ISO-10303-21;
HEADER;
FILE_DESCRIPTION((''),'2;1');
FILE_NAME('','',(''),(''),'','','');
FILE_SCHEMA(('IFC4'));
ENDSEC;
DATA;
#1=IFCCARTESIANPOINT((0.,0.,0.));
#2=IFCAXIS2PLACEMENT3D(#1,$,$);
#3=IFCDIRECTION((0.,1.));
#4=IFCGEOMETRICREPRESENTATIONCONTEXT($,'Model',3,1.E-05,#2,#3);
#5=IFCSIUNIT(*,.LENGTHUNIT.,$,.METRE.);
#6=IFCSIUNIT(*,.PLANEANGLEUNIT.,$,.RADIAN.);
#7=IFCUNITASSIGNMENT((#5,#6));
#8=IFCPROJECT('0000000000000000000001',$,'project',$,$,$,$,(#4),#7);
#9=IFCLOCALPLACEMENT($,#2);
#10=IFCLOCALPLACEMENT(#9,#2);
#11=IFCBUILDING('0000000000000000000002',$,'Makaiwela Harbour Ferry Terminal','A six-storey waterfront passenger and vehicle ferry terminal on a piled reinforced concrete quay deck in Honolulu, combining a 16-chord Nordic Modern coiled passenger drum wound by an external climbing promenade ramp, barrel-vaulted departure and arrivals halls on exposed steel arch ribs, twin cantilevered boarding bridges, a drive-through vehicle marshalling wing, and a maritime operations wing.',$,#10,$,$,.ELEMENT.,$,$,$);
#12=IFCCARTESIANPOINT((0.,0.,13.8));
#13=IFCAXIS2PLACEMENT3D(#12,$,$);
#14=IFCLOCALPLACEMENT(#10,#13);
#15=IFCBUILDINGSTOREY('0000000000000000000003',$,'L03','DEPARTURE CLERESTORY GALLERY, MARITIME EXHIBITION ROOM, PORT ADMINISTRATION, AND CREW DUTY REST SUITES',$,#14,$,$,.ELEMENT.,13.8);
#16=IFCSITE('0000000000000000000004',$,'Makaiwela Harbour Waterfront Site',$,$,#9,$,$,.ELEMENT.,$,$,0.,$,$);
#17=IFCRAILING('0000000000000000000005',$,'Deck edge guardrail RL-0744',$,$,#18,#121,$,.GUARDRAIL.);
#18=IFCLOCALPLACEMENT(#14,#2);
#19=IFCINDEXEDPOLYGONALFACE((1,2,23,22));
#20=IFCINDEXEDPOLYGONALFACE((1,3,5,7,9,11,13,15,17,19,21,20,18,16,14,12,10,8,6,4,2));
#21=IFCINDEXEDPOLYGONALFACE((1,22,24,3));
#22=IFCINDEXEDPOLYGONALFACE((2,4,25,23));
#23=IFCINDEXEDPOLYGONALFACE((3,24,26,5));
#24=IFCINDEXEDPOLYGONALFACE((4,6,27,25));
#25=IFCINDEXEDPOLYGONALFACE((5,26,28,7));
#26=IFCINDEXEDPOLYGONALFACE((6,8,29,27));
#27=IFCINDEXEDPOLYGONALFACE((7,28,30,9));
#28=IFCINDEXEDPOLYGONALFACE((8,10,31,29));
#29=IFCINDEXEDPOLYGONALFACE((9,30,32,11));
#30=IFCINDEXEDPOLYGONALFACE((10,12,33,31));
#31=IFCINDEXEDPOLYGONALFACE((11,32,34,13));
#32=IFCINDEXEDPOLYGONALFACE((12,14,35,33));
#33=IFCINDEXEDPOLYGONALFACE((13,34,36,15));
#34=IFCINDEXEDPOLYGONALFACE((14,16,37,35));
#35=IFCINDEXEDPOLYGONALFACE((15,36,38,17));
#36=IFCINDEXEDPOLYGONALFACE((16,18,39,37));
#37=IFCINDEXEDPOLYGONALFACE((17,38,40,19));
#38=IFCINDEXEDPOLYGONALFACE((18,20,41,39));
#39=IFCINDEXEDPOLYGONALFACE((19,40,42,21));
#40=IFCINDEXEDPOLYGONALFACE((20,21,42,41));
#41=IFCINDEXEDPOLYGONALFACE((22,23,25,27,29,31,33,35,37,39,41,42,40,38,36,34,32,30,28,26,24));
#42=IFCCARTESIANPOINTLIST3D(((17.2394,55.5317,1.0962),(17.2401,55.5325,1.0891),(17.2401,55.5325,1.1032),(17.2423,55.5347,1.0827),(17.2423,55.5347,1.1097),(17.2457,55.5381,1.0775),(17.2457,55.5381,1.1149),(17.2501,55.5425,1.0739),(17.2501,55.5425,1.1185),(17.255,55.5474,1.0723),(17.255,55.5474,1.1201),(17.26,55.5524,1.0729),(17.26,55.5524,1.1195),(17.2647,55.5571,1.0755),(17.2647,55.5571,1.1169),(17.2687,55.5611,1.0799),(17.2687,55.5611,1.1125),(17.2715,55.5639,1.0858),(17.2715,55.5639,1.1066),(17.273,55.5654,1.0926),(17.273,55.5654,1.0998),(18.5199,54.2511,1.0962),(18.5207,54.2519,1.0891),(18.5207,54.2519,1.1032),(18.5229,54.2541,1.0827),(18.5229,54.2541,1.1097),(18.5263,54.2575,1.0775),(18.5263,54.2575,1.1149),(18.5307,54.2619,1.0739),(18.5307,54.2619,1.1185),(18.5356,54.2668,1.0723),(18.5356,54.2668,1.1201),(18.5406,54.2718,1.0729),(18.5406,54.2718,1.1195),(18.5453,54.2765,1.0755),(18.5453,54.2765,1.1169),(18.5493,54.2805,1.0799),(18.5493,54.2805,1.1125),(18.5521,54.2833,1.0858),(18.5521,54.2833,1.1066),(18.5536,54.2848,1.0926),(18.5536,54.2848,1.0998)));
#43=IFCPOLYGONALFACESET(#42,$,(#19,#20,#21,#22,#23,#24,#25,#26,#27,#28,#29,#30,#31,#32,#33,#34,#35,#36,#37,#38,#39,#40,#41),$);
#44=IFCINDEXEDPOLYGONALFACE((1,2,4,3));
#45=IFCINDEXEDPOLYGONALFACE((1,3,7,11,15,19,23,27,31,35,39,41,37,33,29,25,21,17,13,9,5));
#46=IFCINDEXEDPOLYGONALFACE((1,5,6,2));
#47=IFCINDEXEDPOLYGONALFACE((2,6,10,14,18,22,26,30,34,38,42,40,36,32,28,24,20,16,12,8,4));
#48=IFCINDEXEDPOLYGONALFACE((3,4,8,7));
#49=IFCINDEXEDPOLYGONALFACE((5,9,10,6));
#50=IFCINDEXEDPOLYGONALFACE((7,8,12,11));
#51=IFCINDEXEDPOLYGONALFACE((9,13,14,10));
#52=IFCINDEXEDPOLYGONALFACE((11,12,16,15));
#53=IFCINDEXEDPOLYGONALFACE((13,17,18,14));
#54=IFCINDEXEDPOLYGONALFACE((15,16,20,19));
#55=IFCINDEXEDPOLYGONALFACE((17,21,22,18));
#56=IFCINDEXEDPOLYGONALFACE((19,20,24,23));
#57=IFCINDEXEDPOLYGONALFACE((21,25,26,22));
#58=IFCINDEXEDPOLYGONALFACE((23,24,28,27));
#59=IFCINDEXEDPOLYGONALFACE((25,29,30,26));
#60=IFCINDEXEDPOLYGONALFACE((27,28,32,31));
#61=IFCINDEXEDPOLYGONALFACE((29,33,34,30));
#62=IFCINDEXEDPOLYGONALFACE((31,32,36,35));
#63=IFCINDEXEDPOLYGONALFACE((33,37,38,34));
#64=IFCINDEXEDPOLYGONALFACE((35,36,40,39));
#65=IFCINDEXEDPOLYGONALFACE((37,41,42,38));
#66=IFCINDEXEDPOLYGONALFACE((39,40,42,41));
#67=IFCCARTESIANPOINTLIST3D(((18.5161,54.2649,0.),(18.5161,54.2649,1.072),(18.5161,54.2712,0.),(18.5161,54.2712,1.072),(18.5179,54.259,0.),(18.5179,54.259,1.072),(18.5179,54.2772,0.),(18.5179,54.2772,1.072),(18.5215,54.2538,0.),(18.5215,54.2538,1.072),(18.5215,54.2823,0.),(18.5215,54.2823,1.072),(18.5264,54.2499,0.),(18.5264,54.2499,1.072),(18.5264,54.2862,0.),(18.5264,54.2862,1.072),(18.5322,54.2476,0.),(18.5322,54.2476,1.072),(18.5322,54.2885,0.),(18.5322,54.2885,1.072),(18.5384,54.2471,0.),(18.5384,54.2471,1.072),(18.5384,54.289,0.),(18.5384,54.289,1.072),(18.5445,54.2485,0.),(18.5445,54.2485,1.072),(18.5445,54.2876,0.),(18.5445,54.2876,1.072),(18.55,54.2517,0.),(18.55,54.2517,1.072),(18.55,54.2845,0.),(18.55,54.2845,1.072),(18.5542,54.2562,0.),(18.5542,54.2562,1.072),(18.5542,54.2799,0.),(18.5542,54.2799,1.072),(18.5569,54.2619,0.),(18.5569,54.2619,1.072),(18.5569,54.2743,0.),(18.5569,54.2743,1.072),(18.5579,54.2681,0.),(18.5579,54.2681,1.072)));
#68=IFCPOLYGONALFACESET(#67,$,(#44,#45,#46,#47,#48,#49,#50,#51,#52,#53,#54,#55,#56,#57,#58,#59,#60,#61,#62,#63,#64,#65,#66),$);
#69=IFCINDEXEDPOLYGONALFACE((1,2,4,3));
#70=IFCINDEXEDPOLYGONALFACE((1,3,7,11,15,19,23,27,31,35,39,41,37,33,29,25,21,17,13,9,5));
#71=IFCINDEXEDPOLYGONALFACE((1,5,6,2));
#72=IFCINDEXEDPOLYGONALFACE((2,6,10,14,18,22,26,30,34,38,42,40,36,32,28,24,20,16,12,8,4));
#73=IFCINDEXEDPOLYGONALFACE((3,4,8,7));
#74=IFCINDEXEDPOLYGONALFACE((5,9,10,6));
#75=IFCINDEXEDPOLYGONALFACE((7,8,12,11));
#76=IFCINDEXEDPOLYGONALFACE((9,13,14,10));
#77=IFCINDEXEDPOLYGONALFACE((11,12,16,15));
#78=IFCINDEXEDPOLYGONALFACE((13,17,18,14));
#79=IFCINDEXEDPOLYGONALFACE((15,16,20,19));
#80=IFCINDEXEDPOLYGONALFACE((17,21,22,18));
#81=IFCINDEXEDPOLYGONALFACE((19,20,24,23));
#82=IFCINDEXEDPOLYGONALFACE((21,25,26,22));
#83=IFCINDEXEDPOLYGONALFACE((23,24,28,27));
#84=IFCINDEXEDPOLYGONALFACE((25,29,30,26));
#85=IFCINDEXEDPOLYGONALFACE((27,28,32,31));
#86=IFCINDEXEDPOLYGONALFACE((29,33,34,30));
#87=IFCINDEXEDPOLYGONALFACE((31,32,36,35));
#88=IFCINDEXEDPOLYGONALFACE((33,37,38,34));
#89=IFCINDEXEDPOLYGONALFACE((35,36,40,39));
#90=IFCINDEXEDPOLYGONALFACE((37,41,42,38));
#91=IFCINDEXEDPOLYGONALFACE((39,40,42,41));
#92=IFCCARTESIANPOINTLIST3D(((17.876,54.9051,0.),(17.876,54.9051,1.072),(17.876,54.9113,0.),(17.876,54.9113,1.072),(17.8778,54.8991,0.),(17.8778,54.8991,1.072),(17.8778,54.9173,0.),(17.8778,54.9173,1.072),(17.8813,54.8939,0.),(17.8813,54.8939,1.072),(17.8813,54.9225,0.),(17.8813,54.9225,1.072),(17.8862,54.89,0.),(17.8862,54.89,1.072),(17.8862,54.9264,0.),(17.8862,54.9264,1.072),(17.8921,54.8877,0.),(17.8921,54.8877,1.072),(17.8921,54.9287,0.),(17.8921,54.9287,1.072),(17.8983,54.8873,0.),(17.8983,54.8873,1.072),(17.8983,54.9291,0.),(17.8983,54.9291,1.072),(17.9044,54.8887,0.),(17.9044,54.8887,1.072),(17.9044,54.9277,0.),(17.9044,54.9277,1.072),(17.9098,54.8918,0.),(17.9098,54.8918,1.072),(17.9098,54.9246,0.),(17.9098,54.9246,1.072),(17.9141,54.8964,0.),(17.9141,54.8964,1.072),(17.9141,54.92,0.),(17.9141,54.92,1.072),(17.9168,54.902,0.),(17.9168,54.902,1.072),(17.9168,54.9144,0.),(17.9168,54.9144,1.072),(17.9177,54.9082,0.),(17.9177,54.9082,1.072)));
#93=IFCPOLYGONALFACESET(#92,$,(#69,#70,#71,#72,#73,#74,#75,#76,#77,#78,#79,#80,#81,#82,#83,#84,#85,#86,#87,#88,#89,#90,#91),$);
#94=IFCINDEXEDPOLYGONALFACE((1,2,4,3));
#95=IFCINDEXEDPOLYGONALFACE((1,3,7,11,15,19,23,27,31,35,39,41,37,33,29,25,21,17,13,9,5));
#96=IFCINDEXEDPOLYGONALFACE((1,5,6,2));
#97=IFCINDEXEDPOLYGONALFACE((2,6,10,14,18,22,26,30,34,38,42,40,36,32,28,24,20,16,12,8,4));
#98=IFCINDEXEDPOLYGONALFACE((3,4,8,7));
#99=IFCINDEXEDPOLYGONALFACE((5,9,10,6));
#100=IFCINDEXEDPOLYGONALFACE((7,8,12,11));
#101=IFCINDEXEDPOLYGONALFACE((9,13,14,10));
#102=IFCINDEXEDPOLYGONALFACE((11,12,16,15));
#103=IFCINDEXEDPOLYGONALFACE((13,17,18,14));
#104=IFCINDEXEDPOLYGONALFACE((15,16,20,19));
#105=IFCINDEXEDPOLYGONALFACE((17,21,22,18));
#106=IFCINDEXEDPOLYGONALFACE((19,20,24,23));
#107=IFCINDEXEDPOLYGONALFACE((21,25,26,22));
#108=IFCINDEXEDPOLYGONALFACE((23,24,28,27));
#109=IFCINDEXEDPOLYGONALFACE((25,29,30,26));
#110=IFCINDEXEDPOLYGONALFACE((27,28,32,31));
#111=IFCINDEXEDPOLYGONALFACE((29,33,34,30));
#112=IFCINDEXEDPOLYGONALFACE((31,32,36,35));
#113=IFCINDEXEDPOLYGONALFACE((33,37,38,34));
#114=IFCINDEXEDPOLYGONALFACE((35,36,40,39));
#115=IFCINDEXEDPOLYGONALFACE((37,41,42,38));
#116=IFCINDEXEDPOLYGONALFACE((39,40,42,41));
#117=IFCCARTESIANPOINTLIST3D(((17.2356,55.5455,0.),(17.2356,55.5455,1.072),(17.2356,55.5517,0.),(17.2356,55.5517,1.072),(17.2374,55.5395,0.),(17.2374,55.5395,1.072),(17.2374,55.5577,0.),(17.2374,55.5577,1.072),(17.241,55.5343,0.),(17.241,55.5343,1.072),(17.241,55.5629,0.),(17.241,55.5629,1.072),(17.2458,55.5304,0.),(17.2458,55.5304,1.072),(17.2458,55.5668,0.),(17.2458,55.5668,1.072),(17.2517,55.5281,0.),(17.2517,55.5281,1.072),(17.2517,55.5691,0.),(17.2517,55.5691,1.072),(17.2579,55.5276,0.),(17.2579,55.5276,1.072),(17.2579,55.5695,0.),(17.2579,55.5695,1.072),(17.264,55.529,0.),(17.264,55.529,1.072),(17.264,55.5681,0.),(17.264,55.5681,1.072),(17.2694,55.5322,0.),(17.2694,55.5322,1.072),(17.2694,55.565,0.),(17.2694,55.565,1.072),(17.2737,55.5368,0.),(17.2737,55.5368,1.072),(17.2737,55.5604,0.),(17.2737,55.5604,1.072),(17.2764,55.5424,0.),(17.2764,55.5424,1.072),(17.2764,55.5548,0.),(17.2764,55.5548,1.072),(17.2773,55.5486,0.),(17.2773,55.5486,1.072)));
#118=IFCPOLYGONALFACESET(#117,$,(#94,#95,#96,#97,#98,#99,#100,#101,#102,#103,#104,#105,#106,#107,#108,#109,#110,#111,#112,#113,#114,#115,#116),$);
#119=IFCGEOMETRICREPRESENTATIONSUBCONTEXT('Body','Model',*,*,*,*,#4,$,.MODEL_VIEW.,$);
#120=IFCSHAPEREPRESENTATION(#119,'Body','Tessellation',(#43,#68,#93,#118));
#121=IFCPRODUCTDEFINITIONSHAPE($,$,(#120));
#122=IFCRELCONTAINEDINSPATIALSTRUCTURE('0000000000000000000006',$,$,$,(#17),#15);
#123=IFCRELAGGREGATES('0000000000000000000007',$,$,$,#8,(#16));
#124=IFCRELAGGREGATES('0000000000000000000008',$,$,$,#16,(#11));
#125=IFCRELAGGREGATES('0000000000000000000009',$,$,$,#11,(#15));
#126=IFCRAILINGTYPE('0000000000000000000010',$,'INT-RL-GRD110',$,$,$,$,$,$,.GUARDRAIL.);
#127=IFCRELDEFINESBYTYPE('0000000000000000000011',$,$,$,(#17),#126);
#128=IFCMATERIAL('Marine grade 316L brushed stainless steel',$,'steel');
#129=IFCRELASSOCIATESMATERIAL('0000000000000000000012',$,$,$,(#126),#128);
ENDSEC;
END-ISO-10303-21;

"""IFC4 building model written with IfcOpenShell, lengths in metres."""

from ifc_helpers import new_model, si_unit, direction, frame, origin, origin_2d, place, context, subcontext, project, spatial, circle, extrude, material, type_object, element, save


model = new_model("IFC4")

# Units and contexts
model_context = context("Model", 3, precision=1e-05, world=origin(), true_north=direction((0.0, 1.0)))
body_context = subcontext(model_context, "Body", "Model", "MODEL_VIEW")
ifc_project = project(units=[si_unit("LENGTHUNIT", "METRE"), si_unit("PLANEANGLEUNIT", "RADIAN")], contexts=[model_context])

# Site, building, storey
site_placement = place(None, origin())
site = spatial("IfcSite", under=ifc_project, at=site_placement, Name="Makaiwela Harbour Waterfront Site", CompositionType="ELEMENT", RefElevation=0.0)
building_placement = place(site_placement, origin())
building = spatial("IfcBuilding", under=site, at=building_placement, Name="Makaiwela Harbour Ferry Terminal", Description="A six-storey waterfront passenger and vehicle ferry terminal on a piled reinforced concrete quay deck in Honolulu, combining a 16-chord Nordic Modern coiled passenger drum wound by an external climbing promenade ramp, barrel-vaulted departure and arrivals halls on exposed steel arch ribs, twin cantilevered boarding bridges, a drive-through vehicle marshalling wing, and a maritime operations wing.", CompositionType="ELEMENT")
storey_placement = place(building_placement, frame((0.0, 0.0, 13.8)))
storey = spatial("IfcBuildingStorey", under=building, at=storey_placement, Name="L03", Description="DEPARTURE CLERESTORY GALLERY, MARITIME EXHIBITION ROOM, PORT ADMINISTRATION, AND CREW DUTY REST SUITES", CompositionType="ELEMENT", Elevation=13.8)

# Railing
ifc_material_1 = material(Name="Marine grade 316L brushed stainless steel", Category="steel")
railing_type = type_object("IfcRailingType", Name="INT-RL-GRD110", PredefinedType="GUARDRAIL", material=ifc_material_1)
railing_1_placement = place(storey_placement, frame((18.5369, 54.2681, 0.0)))
element("IfcRailing", 1, at=railing_1_placement, inside=storey, type_object=railing_type, Name="Deck edge guardrail RL-0744", PredefinedType="GUARDRAIL", context=body_context, shape_type="SweptSolid", body=[
    extrude(circle(Radius=0.0239, at=origin_2d()), frame((0.0, 0.0, 1.0962), z_axis=(-0.707107, 0.707107, 0.0), x_axis=(-0.707107, -0.707107, 0.0)), (0.0, 0.0, 1.0), 1.811),
    extrude(circle(Radius=0.021, at=origin_2d()), origin(), (0.0, 0.0, 1.0), 1.072),
    extrude(circle(Radius=0.021, at=origin_2d()), frame((-0.6401, 0.6401, 0.0)), (0.0, 0.0, 1.0), 1.072),
    extrude(circle(Radius=0.021, at=origin_2d()), frame((-1.2805, 1.2805, 0.0)), (0.0, 0.0, 1.0), 1.072),
])

save(model, "model.ifc")
